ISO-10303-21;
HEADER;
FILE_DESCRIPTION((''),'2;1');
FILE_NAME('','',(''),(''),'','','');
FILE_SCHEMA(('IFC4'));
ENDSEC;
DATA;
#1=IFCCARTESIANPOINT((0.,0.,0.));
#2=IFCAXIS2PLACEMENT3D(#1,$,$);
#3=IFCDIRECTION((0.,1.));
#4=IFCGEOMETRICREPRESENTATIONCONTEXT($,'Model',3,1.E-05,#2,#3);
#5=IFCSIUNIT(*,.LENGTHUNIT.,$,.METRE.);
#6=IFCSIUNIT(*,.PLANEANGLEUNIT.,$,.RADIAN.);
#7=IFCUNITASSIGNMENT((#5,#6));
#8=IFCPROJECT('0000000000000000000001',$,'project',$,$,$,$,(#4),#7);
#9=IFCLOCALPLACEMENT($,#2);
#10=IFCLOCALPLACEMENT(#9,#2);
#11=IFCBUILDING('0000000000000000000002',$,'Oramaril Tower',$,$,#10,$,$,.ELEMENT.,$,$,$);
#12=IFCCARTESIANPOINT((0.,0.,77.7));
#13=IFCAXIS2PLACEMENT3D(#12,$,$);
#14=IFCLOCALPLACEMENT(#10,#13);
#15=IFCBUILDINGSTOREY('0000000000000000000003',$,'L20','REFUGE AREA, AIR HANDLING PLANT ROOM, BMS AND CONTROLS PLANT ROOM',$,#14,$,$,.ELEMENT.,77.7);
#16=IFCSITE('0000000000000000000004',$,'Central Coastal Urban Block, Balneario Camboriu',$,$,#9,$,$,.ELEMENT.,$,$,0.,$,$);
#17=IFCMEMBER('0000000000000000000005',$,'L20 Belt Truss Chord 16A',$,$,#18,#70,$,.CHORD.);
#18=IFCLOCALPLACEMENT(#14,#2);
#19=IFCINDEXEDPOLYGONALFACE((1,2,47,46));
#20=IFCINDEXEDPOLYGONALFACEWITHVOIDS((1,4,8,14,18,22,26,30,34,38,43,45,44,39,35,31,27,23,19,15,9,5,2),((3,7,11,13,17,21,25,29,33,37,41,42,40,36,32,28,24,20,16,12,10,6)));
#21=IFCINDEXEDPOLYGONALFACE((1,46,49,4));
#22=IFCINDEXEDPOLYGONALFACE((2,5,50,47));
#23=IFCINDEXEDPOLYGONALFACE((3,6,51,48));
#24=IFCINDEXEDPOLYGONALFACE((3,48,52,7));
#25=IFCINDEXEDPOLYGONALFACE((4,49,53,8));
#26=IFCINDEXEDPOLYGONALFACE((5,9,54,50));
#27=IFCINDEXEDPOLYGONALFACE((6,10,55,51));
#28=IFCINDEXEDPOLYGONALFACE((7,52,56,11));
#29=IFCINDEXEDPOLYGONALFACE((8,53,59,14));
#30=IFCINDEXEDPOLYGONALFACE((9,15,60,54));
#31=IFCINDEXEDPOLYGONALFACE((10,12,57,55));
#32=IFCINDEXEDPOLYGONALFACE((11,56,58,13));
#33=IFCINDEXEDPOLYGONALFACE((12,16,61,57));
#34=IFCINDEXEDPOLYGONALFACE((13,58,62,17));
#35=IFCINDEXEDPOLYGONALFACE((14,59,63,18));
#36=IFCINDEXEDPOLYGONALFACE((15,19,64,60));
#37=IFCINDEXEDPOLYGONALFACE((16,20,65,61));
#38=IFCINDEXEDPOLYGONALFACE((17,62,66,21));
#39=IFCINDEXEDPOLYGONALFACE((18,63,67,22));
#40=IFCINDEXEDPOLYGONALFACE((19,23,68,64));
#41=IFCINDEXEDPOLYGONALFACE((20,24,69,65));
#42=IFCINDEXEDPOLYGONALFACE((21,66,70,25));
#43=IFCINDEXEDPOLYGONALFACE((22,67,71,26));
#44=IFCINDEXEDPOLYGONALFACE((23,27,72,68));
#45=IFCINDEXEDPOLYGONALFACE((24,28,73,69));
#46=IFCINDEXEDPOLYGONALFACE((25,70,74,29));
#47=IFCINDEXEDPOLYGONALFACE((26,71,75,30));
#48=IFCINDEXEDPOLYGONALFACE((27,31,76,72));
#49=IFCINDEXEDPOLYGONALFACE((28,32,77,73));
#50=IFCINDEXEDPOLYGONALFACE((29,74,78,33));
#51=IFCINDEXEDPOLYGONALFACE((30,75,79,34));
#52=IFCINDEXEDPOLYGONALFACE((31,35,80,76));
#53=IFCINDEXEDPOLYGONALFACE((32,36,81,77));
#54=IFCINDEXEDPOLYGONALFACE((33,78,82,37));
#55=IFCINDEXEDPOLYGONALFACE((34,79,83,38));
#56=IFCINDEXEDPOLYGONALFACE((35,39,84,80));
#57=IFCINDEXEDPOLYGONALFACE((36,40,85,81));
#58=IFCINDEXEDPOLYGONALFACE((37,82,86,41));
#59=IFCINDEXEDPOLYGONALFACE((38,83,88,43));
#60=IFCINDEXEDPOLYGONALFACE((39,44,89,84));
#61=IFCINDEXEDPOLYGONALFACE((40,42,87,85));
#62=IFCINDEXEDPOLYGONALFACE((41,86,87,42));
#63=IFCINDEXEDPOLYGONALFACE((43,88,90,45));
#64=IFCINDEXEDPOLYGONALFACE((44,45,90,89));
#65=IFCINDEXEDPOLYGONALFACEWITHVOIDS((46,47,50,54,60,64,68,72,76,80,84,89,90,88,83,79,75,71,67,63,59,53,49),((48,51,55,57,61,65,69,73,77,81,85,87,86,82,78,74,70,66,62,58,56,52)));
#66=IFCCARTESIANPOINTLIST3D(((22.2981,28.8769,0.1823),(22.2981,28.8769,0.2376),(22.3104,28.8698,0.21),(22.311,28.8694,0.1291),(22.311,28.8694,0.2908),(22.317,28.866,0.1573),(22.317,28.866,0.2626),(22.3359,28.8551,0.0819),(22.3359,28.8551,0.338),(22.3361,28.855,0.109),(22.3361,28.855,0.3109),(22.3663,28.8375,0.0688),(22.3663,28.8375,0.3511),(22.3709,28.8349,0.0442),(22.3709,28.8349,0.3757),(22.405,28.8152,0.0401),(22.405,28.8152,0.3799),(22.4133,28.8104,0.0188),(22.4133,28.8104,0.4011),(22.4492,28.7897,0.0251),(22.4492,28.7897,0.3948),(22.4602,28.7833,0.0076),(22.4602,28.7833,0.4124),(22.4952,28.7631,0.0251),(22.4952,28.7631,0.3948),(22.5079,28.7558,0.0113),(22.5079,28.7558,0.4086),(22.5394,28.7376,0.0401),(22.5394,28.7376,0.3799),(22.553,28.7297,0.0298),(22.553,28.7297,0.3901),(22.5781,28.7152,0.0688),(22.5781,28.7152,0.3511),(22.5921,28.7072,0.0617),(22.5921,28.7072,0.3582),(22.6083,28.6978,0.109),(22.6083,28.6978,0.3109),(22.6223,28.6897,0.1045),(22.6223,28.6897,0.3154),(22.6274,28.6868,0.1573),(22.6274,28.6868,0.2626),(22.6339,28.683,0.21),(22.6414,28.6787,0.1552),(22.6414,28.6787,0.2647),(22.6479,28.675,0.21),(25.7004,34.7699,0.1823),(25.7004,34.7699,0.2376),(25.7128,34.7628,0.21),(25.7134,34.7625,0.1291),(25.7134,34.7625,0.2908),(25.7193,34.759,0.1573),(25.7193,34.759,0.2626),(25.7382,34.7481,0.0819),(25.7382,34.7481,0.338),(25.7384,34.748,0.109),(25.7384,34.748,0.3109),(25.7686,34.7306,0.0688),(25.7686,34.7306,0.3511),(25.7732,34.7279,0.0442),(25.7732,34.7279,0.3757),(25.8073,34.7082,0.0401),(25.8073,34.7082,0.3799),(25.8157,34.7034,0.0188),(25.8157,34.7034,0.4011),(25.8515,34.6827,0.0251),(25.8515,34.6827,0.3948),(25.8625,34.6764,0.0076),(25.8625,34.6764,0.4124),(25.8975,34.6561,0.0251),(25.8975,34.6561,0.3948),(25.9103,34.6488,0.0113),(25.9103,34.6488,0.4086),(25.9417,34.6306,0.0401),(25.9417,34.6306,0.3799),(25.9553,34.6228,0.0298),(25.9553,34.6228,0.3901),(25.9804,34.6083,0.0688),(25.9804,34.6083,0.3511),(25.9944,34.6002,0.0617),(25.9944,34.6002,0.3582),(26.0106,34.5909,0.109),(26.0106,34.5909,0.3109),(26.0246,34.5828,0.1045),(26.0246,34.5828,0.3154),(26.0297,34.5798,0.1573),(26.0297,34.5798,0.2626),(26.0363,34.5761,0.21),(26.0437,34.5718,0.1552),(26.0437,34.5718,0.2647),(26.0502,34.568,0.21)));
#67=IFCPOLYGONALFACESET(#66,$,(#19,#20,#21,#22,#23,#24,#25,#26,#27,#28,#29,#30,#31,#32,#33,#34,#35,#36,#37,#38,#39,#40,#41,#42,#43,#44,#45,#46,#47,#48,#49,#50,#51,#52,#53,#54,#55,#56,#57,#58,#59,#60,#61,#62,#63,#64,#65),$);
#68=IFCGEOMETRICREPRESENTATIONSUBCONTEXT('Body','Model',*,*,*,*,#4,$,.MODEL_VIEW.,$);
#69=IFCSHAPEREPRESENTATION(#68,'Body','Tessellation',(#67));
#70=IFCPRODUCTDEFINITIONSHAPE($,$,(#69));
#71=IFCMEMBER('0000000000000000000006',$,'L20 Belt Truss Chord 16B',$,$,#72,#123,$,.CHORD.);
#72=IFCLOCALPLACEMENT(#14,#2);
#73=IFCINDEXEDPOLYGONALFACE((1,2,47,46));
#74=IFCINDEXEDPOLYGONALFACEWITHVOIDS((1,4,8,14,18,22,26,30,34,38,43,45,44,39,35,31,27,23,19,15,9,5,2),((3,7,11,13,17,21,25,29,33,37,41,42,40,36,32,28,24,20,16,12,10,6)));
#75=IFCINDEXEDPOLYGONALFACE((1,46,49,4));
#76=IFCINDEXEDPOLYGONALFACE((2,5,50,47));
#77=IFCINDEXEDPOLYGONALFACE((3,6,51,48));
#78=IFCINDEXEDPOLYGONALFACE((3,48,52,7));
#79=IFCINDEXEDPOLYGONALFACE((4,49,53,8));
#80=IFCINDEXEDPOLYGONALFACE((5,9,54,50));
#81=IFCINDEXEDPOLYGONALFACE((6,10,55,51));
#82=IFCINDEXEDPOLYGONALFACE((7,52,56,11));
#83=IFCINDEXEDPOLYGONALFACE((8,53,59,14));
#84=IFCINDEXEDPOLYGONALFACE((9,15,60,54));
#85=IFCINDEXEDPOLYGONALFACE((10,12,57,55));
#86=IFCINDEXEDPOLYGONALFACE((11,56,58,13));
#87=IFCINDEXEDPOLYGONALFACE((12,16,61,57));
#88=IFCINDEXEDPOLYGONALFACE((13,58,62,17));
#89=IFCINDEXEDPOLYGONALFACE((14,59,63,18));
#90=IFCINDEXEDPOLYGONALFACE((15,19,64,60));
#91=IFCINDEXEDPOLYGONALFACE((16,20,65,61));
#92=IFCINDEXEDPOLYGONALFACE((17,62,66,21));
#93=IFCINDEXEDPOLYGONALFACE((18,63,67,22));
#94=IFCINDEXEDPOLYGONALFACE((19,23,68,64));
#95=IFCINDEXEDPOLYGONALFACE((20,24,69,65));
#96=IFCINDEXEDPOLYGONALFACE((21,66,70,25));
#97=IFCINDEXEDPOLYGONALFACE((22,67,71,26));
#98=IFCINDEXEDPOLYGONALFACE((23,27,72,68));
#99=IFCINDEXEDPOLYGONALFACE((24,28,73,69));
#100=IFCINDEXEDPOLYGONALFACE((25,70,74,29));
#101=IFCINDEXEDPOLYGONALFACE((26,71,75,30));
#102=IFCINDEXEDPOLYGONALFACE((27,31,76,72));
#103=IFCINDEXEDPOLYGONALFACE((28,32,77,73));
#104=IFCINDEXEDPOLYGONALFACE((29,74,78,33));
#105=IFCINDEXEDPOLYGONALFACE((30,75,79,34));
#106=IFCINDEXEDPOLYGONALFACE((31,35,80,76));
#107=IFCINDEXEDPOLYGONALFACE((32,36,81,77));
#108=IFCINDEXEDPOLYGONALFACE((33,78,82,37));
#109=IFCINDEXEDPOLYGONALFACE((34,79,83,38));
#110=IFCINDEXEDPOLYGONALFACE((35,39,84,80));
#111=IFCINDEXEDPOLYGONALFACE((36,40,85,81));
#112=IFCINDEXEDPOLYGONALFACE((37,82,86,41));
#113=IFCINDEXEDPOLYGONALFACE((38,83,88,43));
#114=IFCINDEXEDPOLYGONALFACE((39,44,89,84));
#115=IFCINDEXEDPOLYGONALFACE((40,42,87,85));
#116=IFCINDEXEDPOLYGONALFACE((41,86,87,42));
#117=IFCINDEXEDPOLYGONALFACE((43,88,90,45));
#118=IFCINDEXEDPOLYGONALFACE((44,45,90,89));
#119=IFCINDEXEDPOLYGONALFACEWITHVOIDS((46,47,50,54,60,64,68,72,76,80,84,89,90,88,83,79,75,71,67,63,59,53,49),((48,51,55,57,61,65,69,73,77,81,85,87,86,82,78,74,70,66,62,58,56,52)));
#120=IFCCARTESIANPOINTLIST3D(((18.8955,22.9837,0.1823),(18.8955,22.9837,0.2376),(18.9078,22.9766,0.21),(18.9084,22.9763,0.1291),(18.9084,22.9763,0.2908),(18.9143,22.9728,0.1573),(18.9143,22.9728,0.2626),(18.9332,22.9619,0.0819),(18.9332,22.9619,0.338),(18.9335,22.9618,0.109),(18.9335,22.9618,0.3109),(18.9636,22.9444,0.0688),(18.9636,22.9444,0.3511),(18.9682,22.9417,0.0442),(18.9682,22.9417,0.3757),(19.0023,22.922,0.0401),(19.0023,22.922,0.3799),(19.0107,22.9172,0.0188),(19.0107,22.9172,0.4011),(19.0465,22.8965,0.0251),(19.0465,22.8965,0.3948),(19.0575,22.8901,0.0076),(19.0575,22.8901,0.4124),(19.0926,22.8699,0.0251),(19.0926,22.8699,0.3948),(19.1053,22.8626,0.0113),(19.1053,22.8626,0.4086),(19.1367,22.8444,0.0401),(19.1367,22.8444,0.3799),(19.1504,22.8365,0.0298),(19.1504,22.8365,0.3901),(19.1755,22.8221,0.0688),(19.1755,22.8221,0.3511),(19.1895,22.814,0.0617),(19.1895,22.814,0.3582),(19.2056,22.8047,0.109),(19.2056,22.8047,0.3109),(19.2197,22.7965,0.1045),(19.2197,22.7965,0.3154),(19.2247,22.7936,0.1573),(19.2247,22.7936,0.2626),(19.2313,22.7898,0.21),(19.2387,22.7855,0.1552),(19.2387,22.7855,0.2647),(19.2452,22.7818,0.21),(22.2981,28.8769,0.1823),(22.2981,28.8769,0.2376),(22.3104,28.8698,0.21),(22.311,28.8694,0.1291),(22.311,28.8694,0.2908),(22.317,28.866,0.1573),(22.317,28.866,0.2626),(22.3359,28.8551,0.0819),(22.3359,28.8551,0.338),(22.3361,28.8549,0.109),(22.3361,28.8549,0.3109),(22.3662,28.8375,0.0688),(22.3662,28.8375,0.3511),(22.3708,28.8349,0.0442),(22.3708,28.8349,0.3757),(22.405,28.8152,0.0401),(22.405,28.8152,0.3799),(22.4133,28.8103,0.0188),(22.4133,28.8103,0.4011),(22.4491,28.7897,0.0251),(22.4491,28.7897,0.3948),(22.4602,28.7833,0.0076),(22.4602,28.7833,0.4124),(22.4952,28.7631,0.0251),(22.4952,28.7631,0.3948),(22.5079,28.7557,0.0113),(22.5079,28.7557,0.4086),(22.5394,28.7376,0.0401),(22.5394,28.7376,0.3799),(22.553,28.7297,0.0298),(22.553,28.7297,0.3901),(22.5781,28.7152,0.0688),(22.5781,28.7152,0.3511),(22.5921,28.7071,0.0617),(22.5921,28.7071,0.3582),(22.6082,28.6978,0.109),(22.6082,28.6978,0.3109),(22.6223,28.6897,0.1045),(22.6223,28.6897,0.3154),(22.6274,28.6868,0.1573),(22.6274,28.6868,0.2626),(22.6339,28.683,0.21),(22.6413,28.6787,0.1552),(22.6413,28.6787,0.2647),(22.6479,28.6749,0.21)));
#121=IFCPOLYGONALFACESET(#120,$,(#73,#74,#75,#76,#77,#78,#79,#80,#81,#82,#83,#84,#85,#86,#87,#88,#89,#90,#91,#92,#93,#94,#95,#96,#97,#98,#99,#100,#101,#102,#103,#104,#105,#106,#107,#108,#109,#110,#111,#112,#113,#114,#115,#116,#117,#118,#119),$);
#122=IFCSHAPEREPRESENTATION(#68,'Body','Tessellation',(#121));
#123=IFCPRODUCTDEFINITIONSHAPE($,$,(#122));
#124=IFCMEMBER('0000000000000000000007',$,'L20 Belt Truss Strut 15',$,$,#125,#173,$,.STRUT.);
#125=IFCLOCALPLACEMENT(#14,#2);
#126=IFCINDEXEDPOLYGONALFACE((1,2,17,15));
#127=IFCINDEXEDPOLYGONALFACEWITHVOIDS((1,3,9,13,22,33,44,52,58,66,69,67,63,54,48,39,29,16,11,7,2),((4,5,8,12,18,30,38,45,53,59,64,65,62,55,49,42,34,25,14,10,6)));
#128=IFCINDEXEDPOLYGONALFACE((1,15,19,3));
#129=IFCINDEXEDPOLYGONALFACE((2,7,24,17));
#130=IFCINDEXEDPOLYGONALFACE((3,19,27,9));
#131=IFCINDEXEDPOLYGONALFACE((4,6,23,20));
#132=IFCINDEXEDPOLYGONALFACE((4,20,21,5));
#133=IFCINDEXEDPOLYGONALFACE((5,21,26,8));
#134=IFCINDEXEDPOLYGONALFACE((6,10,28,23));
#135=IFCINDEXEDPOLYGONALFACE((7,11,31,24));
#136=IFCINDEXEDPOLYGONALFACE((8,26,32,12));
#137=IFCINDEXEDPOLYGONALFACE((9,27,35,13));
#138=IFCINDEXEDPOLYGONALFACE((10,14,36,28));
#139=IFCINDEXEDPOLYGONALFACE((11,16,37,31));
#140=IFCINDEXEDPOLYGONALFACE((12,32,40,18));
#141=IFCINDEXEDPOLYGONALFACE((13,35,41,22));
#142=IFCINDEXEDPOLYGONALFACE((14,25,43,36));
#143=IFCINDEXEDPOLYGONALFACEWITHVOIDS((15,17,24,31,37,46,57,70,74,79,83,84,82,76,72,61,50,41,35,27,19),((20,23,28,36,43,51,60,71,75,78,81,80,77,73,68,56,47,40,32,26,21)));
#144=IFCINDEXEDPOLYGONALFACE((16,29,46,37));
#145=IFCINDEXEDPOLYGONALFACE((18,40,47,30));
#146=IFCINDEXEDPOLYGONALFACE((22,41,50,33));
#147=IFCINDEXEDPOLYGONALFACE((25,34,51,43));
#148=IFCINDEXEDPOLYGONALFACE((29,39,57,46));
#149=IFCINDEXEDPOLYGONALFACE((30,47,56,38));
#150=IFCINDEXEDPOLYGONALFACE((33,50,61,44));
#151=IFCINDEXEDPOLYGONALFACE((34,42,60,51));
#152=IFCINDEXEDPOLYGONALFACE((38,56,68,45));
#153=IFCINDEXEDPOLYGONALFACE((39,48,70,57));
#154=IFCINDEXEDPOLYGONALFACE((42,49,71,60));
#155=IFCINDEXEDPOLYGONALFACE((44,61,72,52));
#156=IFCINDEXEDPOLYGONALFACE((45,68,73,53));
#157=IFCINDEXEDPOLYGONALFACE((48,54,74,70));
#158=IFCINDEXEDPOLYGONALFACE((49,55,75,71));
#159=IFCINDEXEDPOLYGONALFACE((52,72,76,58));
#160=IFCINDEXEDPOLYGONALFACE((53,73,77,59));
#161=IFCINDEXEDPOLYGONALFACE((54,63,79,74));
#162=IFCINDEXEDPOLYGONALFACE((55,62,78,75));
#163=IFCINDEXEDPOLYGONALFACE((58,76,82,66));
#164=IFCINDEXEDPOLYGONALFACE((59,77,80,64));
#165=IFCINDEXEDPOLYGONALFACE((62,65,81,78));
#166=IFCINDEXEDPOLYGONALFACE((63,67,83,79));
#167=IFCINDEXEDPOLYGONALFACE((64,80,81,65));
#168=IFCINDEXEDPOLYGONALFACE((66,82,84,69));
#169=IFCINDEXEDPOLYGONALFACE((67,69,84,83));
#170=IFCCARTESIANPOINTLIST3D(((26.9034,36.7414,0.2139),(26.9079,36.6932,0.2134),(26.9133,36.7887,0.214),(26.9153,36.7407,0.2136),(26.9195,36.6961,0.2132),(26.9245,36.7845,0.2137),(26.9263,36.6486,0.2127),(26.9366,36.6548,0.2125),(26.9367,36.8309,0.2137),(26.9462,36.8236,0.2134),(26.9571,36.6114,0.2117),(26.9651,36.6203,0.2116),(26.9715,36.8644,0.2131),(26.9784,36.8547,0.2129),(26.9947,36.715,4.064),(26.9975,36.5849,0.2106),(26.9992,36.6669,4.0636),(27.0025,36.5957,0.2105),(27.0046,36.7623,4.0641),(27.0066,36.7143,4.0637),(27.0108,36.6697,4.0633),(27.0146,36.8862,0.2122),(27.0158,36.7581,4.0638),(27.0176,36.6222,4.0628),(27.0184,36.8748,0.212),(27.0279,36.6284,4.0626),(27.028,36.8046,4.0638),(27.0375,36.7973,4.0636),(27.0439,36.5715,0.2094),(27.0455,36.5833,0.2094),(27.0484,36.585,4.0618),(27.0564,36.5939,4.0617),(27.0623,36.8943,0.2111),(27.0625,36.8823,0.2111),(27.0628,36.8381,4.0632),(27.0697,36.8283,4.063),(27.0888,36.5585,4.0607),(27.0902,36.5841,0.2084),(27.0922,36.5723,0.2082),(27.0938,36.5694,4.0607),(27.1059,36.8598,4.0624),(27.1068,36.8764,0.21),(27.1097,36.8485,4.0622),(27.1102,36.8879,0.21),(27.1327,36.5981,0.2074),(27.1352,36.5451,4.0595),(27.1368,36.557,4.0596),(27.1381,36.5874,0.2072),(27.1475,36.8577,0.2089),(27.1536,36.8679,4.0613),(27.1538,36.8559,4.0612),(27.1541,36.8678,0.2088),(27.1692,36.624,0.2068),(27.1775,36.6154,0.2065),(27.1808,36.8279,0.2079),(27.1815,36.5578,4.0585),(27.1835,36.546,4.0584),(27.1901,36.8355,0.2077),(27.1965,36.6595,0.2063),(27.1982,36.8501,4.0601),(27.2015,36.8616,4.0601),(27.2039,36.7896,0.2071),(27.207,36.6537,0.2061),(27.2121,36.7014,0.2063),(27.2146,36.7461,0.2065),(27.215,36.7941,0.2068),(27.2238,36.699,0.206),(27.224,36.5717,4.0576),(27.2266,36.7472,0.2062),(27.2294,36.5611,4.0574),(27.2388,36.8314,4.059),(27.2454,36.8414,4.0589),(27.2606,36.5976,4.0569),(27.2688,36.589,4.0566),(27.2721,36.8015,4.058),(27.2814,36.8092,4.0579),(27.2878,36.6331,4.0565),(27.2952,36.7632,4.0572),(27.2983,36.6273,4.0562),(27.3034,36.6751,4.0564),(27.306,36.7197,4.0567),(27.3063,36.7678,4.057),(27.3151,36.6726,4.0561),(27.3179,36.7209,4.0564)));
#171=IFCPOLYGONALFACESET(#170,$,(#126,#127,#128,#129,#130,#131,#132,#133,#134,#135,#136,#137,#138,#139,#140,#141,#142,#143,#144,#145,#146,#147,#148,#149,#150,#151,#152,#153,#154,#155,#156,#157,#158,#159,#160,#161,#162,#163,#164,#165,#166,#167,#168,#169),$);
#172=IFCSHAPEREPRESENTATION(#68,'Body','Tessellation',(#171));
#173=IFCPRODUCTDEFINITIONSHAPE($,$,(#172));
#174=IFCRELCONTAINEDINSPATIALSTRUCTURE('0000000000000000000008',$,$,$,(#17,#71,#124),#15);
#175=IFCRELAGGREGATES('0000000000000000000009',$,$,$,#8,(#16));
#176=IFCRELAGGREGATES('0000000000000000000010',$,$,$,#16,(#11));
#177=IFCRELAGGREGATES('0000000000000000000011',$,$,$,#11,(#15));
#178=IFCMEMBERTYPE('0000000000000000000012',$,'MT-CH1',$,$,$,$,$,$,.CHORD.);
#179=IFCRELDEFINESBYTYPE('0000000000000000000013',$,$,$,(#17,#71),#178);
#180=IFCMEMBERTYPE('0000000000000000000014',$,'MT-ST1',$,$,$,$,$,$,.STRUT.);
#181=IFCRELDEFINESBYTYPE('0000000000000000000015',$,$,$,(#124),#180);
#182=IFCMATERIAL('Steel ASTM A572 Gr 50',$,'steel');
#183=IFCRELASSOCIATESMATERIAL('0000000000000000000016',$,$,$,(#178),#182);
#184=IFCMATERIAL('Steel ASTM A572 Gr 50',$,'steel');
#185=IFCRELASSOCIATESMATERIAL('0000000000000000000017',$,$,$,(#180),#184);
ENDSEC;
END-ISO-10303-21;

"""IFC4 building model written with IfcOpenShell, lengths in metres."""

from ifc_helpers import new_model, si_unit, direction, frame, origin, origin_2d, place, context, subcontext, project, spatial, hollow_circle, extrude, material, material_profile, profile_set, type_object, element, save


model = new_model("IFC4")

# Units and contexts
model_context = context("Model", 3, precision=1e-05, world=origin(), true_north=direction((0.0, 1.0)))
body_context = subcontext(model_context, "Body", "Model", "MODEL_VIEW")
ifc_project = project(units=[si_unit("LENGTHUNIT", "METRE"), si_unit("PLANEANGLEUNIT", "RADIAN")], contexts=[model_context])

# Site, building, storey
site_placement = place(None, origin())
site = spatial("IfcSite", under=ifc_project, at=site_placement, Name="Central Coastal Urban Block, Balneario Camboriu", CompositionType="ELEMENT", RefElevation=0.0)
building_placement = place(site_placement, origin())
building = spatial("IfcBuilding", under=site, at=building_placement, Name="Oramaril Tower", CompositionType="ELEMENT")
storey_placement = place(building_placement, frame((0.0, 0.0, 77.7)))
storey = spatial("IfcBuildingStorey", under=building, at=storey_placement, Name="L20", Description="REFUGE AREA, AIR HANDLING PLANT ROOM, BMS AND CONTROLS PLANT ROOM", CompositionType="ELEMENT", Elevation=77.7)

# Members
ifc_material_1 = material(Name="Steel ASTM A572 Gr 50", Category="steel")
ifc_material_profile_1 = material_profile(ifc_material_1, hollow_circle(Radius=0.2029, WallThickness=0.0161, at=origin_2d()), Name="CHS406X16")
ifc_profile_set_1 = profile_set([ifc_material_profile_1], Name="Steel ASTM A572 Gr 50")
member_type_1 = type_object("IfcMemberType", Name="MT-CH1", PredefinedType="CHORD", material=ifc_profile_set_1)
member_1_placement = place(storey_placement, frame((25.8745, 34.6694, 0.21), z_axis=(-0.499998, -0.866027, 0.0), x_axis=(0.866027, -0.499998, 0.0)))
element("IfcMember", 1, at=member_1_placement, inside=storey, type_object=member_type_1, Name="L20 Belt Truss Chord 16A", PredefinedType="CHORD", context=body_context, shape_type="SweptSolid", body=[
    extrude(hollow_circle(Radius=0.2029, WallThickness=0.0161, at=origin_2d()), origin(), (0.0, 0.0, 1.0), 6.8047),
])
member_2_placement = place(storey_placement, frame((22.4722, 28.7764, 0.21), z_axis=(-0.500025, -0.866011, 0.0), x_axis=(0.866011, -0.500025, 0.0)))
element("IfcMember", 2, at=member_2_placement, inside=storey, type_object=member_type_1, Name="L20 Belt Truss Chord 16B", PredefinedType="CHORD", context=body_context, shape_type="SweptSolid", body=[
    extrude(hollow_circle(Radius=0.2029, WallThickness=0.0161, at=origin_2d()), origin(), (0.0, 0.0, 1.0), 6.8049),
])
ifc_material_2 = material(Name="Steel ASTM A572 Gr 50", Category="steel")
ifc_material_profile_2 = material_profile(ifc_material_2, hollow_circle(Radius=0.1621, WallThickness=0.012, at=origin_2d()), Name="CHS324X12")
ifc_profile_set_2 = profile_set([ifc_material_profile_2], Name="Steel ASTM A572 Gr 50")
member_type_2 = type_object("IfcMemberType", Name="MT-ST1", PredefinedType="STRUT", material=ifc_profile_set_2)
member_3_placement = place(storey_placement, frame((27.0652, 36.7322, 0.21), z_axis=(0.023709, -0.006846, 0.999695), x_axis=(0.277434, 0.960745, 0.0)))
element("IfcMember", 3, at=member_3_placement, inside=storey, type_object=member_type_2, Name="L20 Belt Truss Strut 15", PredefinedType="STRUT", context=body_context, shape_type="SweptSolid", body=[
    extrude(hollow_circle(Radius=0.1621, WallThickness=0.012, at=origin_2d()), origin(), (0.0, 0.0, 1.0), 3.8513),
])

save(model, "model.ifc")
